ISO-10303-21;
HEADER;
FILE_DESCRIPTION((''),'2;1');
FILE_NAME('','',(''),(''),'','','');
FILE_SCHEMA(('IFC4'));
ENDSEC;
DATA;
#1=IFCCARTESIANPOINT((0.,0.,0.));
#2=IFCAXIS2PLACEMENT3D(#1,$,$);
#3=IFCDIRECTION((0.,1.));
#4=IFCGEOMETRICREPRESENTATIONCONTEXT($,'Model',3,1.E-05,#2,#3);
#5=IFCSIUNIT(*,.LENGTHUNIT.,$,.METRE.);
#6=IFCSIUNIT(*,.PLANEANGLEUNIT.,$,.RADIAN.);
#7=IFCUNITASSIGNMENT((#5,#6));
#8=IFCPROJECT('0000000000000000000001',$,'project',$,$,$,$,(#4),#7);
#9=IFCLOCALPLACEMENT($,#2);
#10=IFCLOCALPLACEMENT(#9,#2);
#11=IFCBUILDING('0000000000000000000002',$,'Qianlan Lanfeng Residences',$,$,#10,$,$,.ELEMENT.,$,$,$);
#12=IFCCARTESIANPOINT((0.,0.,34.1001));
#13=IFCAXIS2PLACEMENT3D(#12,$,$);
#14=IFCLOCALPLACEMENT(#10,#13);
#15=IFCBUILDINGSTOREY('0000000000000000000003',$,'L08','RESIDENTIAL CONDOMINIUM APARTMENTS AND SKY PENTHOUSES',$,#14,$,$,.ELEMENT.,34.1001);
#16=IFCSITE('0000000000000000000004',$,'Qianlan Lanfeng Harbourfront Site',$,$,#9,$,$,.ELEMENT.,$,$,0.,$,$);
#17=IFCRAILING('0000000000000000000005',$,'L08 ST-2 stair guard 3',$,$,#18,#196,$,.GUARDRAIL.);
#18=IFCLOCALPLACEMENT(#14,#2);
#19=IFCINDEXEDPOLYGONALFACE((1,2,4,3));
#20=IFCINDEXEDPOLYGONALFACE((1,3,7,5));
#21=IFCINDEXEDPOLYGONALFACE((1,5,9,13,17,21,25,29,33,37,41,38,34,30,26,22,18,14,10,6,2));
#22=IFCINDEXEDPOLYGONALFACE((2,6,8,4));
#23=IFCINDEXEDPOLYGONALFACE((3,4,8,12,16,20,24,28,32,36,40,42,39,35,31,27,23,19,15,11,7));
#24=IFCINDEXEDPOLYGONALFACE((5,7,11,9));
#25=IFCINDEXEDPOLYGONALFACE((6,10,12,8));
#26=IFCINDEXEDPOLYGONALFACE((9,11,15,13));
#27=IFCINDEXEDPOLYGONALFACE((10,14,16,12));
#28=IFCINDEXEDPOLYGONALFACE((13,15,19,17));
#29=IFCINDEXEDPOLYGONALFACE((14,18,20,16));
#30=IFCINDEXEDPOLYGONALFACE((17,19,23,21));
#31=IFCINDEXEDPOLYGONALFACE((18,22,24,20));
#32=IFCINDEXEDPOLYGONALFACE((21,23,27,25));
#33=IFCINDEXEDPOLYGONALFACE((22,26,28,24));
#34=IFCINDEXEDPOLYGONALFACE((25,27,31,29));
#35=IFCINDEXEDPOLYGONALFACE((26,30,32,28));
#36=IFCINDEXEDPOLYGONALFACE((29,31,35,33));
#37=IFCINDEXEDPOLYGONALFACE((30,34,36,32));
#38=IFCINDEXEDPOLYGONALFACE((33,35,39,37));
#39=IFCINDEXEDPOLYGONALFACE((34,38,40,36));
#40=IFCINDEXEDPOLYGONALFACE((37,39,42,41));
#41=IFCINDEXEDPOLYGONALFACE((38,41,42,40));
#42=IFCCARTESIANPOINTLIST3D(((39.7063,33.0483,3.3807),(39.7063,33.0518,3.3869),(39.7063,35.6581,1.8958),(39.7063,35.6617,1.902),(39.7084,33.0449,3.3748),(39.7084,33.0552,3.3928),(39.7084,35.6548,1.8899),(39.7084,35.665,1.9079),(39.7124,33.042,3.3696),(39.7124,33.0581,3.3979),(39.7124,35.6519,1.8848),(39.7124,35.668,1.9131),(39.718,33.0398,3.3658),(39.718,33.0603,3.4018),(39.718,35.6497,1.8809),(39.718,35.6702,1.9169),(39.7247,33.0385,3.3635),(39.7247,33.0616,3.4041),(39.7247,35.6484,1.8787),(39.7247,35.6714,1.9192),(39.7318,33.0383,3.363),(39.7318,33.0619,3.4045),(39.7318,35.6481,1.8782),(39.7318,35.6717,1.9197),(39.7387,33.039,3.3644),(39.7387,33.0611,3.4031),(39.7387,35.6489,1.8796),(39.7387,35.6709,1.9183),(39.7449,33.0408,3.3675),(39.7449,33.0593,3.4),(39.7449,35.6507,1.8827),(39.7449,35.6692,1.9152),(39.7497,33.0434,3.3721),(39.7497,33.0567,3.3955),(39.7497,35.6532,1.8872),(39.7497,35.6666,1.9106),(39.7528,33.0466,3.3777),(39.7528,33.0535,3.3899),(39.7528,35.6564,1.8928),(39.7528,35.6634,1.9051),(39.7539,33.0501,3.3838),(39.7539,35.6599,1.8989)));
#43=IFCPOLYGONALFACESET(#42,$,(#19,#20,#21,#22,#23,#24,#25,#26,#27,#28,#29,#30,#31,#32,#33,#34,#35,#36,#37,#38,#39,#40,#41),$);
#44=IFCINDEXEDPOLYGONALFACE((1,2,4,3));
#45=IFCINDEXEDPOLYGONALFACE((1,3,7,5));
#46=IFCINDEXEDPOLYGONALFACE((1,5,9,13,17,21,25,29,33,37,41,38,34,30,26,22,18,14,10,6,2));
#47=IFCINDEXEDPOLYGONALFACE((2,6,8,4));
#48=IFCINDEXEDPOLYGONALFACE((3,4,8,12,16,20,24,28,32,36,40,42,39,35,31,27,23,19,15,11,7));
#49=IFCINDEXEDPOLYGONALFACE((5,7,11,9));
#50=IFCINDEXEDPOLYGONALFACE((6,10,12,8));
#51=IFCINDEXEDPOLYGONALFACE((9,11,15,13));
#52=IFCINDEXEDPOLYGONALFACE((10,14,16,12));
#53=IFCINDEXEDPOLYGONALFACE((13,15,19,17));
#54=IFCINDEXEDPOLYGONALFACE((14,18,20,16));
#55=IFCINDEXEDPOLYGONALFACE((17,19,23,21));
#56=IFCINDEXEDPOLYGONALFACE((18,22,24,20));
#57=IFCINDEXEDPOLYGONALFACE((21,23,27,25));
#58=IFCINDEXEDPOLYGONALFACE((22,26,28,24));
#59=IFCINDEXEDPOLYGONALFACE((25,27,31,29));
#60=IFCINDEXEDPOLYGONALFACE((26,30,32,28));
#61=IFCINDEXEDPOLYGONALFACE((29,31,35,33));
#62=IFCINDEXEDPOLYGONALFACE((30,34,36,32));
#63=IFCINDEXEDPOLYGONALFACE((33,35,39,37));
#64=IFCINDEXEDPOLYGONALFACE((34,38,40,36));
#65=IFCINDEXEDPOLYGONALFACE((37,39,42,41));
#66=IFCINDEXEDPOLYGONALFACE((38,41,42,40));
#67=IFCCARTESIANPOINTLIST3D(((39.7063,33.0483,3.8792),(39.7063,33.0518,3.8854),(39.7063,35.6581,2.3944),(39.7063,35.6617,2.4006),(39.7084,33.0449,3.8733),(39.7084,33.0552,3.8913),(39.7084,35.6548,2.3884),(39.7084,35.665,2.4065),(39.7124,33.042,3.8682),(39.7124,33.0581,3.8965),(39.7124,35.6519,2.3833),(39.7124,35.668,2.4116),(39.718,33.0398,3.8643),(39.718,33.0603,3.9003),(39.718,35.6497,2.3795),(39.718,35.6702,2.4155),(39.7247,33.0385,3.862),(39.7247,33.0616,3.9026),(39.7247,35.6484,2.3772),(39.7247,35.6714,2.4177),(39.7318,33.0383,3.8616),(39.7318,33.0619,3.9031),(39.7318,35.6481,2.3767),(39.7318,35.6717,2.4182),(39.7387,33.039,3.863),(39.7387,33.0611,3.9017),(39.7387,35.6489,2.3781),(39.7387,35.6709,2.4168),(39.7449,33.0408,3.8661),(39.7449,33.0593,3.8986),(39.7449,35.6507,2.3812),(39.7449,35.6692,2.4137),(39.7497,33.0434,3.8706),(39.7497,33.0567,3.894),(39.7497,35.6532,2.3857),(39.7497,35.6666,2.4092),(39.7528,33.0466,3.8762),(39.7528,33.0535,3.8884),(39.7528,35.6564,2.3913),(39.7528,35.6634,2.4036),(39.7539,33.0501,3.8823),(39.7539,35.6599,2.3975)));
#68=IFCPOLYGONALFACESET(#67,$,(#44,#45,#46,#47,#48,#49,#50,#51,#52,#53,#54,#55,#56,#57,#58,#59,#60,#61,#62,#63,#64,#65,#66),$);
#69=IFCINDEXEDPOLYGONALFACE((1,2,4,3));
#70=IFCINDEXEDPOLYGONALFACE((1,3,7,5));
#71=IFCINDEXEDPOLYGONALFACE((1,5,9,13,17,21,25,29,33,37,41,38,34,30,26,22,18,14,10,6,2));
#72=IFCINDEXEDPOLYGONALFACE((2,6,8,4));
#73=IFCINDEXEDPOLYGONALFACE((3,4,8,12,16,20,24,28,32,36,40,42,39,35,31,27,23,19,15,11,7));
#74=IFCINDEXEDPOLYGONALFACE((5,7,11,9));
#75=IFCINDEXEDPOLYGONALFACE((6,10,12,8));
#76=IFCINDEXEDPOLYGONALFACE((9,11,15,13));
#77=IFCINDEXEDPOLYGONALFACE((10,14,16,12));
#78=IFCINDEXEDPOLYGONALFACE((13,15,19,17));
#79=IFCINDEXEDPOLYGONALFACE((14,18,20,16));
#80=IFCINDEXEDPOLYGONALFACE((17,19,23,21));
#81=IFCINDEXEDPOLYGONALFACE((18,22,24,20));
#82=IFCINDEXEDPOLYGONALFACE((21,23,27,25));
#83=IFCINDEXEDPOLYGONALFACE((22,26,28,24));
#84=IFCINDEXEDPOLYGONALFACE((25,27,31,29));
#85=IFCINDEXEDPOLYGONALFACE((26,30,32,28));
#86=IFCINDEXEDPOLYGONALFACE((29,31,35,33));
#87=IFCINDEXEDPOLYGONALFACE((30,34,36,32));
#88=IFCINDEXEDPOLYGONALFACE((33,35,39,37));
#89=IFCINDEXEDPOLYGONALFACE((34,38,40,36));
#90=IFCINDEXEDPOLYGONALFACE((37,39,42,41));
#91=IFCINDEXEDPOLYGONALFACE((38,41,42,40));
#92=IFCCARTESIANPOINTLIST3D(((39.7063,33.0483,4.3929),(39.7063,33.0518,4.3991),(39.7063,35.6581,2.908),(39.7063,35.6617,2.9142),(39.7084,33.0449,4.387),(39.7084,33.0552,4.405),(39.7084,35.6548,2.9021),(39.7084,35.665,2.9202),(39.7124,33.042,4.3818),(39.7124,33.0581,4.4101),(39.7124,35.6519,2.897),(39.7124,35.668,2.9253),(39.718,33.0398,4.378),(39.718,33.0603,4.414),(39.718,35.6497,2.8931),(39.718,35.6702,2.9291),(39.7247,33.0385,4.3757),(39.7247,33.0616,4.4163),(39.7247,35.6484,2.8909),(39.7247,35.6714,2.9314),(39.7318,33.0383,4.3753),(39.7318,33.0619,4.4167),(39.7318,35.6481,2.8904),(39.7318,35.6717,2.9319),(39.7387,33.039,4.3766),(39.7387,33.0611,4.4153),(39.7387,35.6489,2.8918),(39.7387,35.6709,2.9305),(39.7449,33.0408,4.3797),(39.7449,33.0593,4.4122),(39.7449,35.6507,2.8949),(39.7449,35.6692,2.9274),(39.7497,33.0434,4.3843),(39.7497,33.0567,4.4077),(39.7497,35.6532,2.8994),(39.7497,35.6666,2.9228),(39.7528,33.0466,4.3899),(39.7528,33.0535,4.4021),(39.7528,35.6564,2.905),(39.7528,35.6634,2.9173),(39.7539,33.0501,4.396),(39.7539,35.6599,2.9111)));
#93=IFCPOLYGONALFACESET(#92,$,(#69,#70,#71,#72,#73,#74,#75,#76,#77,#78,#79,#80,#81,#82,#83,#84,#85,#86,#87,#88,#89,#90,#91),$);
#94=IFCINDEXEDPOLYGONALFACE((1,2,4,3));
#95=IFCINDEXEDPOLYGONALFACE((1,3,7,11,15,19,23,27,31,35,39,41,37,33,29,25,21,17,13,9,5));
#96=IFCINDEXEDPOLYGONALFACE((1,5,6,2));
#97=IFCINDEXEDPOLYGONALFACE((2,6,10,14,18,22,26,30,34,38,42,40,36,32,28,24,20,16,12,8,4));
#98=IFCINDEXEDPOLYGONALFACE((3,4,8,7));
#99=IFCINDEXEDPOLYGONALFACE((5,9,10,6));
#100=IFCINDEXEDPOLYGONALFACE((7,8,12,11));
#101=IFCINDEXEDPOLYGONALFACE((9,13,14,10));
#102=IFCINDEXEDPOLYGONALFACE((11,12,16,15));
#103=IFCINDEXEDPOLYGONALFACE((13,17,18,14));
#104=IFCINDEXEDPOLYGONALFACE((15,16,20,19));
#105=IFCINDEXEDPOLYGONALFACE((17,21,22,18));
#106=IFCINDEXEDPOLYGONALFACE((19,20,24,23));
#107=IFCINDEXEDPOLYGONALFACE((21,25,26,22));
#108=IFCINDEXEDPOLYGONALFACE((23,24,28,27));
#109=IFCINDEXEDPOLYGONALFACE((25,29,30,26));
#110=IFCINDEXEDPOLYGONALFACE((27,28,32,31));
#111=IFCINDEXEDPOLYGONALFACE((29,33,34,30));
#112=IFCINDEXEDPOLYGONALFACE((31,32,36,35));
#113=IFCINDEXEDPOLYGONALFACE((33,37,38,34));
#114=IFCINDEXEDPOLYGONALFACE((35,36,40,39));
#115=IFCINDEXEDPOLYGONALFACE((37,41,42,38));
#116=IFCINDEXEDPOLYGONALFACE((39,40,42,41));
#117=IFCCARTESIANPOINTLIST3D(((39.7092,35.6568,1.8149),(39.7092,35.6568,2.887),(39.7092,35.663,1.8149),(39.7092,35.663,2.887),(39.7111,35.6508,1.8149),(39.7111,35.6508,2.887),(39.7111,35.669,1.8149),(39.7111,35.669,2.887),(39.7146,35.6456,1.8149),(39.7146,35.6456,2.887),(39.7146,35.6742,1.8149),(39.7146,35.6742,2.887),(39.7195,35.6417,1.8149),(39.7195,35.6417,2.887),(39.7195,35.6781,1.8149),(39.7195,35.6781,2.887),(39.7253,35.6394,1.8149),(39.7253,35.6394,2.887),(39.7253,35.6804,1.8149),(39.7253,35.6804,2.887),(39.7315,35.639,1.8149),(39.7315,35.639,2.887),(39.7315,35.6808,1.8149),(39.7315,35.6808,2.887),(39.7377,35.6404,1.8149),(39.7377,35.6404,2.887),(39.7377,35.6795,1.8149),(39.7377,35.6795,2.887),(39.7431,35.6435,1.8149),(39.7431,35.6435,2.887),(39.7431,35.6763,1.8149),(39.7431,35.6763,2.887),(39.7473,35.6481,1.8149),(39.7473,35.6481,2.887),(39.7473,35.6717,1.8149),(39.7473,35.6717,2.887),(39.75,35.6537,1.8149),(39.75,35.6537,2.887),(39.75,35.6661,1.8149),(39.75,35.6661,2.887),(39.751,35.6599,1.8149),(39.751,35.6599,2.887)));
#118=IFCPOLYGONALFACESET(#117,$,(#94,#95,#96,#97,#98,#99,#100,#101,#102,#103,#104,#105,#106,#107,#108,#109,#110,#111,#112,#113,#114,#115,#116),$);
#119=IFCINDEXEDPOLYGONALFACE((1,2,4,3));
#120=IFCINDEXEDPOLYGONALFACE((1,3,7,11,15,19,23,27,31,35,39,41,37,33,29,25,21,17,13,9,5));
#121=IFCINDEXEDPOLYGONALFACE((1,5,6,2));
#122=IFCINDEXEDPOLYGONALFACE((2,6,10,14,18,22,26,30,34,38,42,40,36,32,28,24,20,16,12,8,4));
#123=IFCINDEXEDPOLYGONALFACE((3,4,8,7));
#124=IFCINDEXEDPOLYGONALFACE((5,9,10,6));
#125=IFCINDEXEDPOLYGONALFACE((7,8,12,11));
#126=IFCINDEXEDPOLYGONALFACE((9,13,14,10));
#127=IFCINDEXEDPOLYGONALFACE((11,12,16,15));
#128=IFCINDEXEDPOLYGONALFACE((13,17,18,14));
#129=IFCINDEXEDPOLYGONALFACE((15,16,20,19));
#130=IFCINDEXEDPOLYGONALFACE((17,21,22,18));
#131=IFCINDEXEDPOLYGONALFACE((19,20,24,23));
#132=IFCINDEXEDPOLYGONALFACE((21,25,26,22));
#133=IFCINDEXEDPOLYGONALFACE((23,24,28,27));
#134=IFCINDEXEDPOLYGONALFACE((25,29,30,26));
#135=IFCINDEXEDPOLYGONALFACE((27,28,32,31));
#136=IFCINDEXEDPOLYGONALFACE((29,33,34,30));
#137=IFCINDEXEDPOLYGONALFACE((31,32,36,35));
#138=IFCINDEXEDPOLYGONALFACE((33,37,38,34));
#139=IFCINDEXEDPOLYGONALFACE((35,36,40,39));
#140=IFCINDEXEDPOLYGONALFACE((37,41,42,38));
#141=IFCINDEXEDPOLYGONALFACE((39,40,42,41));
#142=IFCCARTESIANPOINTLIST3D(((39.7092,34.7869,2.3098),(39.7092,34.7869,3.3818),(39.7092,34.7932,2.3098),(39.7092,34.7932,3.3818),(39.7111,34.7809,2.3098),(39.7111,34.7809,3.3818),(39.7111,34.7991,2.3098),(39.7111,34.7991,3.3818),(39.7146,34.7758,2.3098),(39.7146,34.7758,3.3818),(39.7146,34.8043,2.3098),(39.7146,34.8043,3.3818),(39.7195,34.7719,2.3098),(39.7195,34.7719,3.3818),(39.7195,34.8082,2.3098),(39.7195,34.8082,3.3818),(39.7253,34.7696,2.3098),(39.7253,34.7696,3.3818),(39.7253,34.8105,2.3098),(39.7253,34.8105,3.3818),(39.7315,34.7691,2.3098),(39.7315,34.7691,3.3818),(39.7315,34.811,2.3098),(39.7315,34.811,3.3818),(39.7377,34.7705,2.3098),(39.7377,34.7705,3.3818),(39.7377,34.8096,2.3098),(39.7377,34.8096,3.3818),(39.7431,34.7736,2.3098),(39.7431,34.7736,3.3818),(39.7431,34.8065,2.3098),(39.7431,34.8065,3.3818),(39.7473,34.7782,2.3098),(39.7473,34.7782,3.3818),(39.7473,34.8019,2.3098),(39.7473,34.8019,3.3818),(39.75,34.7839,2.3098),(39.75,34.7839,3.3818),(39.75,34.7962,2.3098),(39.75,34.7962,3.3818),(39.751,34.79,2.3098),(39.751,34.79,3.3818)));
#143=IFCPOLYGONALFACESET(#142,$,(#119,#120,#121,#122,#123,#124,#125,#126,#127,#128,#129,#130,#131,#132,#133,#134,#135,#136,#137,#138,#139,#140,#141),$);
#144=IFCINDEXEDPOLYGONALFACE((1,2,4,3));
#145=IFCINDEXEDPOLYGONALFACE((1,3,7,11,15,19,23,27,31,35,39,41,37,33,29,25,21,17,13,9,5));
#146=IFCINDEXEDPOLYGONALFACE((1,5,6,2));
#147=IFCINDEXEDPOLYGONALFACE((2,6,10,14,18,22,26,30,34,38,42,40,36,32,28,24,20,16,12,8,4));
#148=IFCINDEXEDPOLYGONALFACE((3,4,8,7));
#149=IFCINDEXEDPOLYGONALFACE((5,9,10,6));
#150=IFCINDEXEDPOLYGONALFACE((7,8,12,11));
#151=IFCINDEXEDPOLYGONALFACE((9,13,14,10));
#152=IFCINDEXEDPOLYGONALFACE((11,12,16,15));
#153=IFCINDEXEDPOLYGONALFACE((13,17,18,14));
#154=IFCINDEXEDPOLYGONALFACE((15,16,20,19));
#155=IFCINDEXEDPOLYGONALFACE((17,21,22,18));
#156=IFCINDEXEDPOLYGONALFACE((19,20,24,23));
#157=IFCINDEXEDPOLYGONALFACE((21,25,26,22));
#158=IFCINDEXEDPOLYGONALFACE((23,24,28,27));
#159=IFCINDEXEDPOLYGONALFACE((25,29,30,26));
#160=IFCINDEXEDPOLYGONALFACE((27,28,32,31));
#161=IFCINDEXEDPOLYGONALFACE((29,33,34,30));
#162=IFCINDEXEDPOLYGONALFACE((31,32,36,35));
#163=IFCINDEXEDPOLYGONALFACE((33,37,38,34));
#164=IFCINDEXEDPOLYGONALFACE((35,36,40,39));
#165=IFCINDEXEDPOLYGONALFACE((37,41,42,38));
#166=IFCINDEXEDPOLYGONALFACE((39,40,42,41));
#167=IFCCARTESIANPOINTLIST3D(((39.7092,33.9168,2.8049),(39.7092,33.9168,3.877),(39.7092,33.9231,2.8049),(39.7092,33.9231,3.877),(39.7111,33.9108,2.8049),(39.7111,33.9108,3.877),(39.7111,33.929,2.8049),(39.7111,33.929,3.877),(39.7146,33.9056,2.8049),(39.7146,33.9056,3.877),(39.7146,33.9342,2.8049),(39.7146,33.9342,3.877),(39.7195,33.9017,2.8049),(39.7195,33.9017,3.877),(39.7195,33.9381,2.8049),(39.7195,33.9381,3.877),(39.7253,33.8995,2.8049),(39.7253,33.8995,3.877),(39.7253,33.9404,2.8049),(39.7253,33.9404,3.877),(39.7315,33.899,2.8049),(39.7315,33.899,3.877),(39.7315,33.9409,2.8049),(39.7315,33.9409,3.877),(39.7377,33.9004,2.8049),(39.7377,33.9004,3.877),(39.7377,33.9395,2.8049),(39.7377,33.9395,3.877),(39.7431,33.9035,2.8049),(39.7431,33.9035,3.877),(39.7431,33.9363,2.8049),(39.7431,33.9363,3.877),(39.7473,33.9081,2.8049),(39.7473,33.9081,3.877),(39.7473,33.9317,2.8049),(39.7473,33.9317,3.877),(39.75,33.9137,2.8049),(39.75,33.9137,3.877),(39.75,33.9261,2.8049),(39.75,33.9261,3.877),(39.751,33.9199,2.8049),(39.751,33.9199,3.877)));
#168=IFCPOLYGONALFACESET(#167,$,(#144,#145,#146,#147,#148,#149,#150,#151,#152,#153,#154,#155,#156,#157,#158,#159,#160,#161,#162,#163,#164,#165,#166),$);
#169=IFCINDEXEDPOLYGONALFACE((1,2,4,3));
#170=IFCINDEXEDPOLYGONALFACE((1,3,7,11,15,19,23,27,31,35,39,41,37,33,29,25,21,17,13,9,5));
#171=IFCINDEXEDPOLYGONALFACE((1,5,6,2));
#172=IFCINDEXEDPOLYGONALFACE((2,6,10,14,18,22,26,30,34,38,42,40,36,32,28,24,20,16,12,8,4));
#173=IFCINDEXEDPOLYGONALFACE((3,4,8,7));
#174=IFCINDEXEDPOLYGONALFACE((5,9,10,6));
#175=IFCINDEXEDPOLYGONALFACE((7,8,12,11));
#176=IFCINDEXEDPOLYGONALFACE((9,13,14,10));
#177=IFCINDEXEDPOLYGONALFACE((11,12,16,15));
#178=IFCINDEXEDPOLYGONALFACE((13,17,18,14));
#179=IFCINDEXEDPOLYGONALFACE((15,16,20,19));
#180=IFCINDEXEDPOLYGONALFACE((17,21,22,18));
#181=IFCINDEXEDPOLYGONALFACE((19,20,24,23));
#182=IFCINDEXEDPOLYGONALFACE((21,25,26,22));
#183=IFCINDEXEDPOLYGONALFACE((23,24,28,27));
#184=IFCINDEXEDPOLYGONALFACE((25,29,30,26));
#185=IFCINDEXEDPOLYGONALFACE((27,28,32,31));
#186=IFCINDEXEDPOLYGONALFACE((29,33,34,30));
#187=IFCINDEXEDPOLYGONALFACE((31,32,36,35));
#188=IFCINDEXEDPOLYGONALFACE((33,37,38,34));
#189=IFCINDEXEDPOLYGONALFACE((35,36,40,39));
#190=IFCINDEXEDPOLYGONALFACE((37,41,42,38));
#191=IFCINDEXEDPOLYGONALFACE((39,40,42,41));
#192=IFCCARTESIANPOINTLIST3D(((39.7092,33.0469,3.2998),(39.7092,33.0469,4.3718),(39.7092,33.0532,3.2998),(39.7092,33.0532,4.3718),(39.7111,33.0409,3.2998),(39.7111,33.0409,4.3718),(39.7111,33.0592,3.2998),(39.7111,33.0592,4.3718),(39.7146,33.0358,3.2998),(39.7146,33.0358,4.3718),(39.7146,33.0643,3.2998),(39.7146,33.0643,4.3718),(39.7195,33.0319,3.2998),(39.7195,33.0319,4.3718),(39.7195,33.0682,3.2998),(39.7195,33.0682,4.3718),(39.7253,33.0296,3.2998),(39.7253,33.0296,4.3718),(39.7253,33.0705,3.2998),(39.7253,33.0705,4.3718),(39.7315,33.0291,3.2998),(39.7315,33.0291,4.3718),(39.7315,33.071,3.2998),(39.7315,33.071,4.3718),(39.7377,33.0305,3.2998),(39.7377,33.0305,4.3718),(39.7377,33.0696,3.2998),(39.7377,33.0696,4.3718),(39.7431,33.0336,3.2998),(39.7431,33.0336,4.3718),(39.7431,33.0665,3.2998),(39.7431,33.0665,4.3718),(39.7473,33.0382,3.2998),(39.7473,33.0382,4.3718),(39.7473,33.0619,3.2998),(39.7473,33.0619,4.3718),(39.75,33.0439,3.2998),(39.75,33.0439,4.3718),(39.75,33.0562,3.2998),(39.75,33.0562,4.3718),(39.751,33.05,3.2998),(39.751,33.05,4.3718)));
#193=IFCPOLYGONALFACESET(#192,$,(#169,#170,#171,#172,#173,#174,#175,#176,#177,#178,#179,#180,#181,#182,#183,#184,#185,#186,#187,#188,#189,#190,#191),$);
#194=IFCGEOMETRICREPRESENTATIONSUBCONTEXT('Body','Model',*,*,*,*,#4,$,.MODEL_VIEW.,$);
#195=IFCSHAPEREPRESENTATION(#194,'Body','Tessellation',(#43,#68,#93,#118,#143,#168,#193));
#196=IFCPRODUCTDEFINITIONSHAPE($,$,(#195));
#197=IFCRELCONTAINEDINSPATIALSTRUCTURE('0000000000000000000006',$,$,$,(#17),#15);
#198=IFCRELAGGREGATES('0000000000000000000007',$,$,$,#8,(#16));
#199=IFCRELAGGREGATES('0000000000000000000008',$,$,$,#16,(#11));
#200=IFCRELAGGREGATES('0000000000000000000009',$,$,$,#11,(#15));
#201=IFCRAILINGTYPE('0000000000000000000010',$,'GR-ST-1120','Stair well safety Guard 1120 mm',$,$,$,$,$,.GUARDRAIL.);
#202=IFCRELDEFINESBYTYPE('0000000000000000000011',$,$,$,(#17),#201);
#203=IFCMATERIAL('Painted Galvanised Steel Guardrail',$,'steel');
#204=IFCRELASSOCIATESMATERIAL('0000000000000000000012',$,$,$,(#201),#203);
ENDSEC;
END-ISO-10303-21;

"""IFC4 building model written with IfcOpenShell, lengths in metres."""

from ifc_helpers import new_model, si_unit, direction, frame, origin, origin_2d, place, context, subcontext, project, spatial, circle, extrude, material, type_object, element, save


model = new_model("IFC4")

# Units and contexts
model_context = context("Model", 3, precision=1e-05, world=origin(), true_north=direction((0.0, 1.0)))
body_context = subcontext(model_context, "Body", "Model", "MODEL_VIEW")
ifc_project = project(units=[si_unit("LENGTHUNIT", "METRE"), si_unit("PLANEANGLEUNIT", "RADIAN")], contexts=[model_context])

# Site, building, storey
site_placement = place(None, origin())
site = spatial("IfcSite", under=ifc_project, at=site_placement, Name="Qianlan Lanfeng Harbourfront Site", CompositionType="ELEMENT", RefElevation=0.0)
building_placement = place(site_placement, origin())
building = spatial("IfcBuilding", under=site, at=building_placement, Name="Qianlan Lanfeng Residences", CompositionType="ELEMENT")
storey_placement = place(building_placement, frame((0.0, 0.0, 34.1001)))
storey = spatial("IfcBuildingStorey", under=building, at=storey_placement, Name="L08", Description="RESIDENTIAL CONDOMINIUM APARTMENTS AND SKY PENTHOUSES", CompositionType="ELEMENT", Elevation=34.1001)

# Railing
ifc_material_1 = material(Name="Painted Galvanised Steel Guardrail", Category="steel")
railing_type_1 = type_object("IfcRailingType", Name="GR-ST-1120", Description="Stair well safety Guard 1120 mm", PredefinedType="GUARDRAIL", material=ifc_material_1)
railing_1_placement = place(storey_placement, frame((39.73, 35.6599, 1.8149)))
element("IfcRailing", 1, at=railing_1_placement, inside=storey, type_object=railing_type_1, Name="L08 ST-2 stair guard 3", PredefinedType="GUARDRAIL", context=body_context, shape_type="SweptSolid", body=[
    extrude(circle(Radius=0.0239, at=origin_2d()), frame((0.0, 0.0, 0.084), z_axis=(0.0, -0.869172, 0.494509), x_axis=(1.0, 0.0, 0.0)), (0.0, 0.0, 1.0), 3.0027),
    extrude(circle(Radius=0.0239, at=origin_2d()), frame((0.0, 0.0, 0.5825), z_axis=(0.0, -0.869172, 0.494509), x_axis=(1.0, 0.0, 0.0)), (0.0, 0.0, 1.0), 3.0027),
    extrude(circle(Radius=0.0239, at=origin_2d()), frame((0.0, 0.0, 1.0962), z_axis=(0.0, -0.869172, 0.494509), x_axis=(1.0, 0.0, 0.0)), (0.0, 0.0, 1.0), 3.0027),
    extrude(circle(Radius=0.021, at=origin_2d()), origin(), (0.0, 0.0, 1.0), 1.072),
    extrude(circle(Radius=0.021, at=origin_2d()), frame((0.0, -0.8699, 0.4949)), (0.0, 0.0, 1.0), 1.072),
    extrude(circle(Radius=0.021, at=origin_2d()), frame((0.0, -1.74, 0.99)), (0.0, 0.0, 1.0), 1.072),
    extrude(circle(Radius=0.021, at=origin_2d()), frame((0.0, -2.6099, 1.4849)), (0.0, 0.0, 1.0), 1.072),
])

save(model, "model.ifc")
